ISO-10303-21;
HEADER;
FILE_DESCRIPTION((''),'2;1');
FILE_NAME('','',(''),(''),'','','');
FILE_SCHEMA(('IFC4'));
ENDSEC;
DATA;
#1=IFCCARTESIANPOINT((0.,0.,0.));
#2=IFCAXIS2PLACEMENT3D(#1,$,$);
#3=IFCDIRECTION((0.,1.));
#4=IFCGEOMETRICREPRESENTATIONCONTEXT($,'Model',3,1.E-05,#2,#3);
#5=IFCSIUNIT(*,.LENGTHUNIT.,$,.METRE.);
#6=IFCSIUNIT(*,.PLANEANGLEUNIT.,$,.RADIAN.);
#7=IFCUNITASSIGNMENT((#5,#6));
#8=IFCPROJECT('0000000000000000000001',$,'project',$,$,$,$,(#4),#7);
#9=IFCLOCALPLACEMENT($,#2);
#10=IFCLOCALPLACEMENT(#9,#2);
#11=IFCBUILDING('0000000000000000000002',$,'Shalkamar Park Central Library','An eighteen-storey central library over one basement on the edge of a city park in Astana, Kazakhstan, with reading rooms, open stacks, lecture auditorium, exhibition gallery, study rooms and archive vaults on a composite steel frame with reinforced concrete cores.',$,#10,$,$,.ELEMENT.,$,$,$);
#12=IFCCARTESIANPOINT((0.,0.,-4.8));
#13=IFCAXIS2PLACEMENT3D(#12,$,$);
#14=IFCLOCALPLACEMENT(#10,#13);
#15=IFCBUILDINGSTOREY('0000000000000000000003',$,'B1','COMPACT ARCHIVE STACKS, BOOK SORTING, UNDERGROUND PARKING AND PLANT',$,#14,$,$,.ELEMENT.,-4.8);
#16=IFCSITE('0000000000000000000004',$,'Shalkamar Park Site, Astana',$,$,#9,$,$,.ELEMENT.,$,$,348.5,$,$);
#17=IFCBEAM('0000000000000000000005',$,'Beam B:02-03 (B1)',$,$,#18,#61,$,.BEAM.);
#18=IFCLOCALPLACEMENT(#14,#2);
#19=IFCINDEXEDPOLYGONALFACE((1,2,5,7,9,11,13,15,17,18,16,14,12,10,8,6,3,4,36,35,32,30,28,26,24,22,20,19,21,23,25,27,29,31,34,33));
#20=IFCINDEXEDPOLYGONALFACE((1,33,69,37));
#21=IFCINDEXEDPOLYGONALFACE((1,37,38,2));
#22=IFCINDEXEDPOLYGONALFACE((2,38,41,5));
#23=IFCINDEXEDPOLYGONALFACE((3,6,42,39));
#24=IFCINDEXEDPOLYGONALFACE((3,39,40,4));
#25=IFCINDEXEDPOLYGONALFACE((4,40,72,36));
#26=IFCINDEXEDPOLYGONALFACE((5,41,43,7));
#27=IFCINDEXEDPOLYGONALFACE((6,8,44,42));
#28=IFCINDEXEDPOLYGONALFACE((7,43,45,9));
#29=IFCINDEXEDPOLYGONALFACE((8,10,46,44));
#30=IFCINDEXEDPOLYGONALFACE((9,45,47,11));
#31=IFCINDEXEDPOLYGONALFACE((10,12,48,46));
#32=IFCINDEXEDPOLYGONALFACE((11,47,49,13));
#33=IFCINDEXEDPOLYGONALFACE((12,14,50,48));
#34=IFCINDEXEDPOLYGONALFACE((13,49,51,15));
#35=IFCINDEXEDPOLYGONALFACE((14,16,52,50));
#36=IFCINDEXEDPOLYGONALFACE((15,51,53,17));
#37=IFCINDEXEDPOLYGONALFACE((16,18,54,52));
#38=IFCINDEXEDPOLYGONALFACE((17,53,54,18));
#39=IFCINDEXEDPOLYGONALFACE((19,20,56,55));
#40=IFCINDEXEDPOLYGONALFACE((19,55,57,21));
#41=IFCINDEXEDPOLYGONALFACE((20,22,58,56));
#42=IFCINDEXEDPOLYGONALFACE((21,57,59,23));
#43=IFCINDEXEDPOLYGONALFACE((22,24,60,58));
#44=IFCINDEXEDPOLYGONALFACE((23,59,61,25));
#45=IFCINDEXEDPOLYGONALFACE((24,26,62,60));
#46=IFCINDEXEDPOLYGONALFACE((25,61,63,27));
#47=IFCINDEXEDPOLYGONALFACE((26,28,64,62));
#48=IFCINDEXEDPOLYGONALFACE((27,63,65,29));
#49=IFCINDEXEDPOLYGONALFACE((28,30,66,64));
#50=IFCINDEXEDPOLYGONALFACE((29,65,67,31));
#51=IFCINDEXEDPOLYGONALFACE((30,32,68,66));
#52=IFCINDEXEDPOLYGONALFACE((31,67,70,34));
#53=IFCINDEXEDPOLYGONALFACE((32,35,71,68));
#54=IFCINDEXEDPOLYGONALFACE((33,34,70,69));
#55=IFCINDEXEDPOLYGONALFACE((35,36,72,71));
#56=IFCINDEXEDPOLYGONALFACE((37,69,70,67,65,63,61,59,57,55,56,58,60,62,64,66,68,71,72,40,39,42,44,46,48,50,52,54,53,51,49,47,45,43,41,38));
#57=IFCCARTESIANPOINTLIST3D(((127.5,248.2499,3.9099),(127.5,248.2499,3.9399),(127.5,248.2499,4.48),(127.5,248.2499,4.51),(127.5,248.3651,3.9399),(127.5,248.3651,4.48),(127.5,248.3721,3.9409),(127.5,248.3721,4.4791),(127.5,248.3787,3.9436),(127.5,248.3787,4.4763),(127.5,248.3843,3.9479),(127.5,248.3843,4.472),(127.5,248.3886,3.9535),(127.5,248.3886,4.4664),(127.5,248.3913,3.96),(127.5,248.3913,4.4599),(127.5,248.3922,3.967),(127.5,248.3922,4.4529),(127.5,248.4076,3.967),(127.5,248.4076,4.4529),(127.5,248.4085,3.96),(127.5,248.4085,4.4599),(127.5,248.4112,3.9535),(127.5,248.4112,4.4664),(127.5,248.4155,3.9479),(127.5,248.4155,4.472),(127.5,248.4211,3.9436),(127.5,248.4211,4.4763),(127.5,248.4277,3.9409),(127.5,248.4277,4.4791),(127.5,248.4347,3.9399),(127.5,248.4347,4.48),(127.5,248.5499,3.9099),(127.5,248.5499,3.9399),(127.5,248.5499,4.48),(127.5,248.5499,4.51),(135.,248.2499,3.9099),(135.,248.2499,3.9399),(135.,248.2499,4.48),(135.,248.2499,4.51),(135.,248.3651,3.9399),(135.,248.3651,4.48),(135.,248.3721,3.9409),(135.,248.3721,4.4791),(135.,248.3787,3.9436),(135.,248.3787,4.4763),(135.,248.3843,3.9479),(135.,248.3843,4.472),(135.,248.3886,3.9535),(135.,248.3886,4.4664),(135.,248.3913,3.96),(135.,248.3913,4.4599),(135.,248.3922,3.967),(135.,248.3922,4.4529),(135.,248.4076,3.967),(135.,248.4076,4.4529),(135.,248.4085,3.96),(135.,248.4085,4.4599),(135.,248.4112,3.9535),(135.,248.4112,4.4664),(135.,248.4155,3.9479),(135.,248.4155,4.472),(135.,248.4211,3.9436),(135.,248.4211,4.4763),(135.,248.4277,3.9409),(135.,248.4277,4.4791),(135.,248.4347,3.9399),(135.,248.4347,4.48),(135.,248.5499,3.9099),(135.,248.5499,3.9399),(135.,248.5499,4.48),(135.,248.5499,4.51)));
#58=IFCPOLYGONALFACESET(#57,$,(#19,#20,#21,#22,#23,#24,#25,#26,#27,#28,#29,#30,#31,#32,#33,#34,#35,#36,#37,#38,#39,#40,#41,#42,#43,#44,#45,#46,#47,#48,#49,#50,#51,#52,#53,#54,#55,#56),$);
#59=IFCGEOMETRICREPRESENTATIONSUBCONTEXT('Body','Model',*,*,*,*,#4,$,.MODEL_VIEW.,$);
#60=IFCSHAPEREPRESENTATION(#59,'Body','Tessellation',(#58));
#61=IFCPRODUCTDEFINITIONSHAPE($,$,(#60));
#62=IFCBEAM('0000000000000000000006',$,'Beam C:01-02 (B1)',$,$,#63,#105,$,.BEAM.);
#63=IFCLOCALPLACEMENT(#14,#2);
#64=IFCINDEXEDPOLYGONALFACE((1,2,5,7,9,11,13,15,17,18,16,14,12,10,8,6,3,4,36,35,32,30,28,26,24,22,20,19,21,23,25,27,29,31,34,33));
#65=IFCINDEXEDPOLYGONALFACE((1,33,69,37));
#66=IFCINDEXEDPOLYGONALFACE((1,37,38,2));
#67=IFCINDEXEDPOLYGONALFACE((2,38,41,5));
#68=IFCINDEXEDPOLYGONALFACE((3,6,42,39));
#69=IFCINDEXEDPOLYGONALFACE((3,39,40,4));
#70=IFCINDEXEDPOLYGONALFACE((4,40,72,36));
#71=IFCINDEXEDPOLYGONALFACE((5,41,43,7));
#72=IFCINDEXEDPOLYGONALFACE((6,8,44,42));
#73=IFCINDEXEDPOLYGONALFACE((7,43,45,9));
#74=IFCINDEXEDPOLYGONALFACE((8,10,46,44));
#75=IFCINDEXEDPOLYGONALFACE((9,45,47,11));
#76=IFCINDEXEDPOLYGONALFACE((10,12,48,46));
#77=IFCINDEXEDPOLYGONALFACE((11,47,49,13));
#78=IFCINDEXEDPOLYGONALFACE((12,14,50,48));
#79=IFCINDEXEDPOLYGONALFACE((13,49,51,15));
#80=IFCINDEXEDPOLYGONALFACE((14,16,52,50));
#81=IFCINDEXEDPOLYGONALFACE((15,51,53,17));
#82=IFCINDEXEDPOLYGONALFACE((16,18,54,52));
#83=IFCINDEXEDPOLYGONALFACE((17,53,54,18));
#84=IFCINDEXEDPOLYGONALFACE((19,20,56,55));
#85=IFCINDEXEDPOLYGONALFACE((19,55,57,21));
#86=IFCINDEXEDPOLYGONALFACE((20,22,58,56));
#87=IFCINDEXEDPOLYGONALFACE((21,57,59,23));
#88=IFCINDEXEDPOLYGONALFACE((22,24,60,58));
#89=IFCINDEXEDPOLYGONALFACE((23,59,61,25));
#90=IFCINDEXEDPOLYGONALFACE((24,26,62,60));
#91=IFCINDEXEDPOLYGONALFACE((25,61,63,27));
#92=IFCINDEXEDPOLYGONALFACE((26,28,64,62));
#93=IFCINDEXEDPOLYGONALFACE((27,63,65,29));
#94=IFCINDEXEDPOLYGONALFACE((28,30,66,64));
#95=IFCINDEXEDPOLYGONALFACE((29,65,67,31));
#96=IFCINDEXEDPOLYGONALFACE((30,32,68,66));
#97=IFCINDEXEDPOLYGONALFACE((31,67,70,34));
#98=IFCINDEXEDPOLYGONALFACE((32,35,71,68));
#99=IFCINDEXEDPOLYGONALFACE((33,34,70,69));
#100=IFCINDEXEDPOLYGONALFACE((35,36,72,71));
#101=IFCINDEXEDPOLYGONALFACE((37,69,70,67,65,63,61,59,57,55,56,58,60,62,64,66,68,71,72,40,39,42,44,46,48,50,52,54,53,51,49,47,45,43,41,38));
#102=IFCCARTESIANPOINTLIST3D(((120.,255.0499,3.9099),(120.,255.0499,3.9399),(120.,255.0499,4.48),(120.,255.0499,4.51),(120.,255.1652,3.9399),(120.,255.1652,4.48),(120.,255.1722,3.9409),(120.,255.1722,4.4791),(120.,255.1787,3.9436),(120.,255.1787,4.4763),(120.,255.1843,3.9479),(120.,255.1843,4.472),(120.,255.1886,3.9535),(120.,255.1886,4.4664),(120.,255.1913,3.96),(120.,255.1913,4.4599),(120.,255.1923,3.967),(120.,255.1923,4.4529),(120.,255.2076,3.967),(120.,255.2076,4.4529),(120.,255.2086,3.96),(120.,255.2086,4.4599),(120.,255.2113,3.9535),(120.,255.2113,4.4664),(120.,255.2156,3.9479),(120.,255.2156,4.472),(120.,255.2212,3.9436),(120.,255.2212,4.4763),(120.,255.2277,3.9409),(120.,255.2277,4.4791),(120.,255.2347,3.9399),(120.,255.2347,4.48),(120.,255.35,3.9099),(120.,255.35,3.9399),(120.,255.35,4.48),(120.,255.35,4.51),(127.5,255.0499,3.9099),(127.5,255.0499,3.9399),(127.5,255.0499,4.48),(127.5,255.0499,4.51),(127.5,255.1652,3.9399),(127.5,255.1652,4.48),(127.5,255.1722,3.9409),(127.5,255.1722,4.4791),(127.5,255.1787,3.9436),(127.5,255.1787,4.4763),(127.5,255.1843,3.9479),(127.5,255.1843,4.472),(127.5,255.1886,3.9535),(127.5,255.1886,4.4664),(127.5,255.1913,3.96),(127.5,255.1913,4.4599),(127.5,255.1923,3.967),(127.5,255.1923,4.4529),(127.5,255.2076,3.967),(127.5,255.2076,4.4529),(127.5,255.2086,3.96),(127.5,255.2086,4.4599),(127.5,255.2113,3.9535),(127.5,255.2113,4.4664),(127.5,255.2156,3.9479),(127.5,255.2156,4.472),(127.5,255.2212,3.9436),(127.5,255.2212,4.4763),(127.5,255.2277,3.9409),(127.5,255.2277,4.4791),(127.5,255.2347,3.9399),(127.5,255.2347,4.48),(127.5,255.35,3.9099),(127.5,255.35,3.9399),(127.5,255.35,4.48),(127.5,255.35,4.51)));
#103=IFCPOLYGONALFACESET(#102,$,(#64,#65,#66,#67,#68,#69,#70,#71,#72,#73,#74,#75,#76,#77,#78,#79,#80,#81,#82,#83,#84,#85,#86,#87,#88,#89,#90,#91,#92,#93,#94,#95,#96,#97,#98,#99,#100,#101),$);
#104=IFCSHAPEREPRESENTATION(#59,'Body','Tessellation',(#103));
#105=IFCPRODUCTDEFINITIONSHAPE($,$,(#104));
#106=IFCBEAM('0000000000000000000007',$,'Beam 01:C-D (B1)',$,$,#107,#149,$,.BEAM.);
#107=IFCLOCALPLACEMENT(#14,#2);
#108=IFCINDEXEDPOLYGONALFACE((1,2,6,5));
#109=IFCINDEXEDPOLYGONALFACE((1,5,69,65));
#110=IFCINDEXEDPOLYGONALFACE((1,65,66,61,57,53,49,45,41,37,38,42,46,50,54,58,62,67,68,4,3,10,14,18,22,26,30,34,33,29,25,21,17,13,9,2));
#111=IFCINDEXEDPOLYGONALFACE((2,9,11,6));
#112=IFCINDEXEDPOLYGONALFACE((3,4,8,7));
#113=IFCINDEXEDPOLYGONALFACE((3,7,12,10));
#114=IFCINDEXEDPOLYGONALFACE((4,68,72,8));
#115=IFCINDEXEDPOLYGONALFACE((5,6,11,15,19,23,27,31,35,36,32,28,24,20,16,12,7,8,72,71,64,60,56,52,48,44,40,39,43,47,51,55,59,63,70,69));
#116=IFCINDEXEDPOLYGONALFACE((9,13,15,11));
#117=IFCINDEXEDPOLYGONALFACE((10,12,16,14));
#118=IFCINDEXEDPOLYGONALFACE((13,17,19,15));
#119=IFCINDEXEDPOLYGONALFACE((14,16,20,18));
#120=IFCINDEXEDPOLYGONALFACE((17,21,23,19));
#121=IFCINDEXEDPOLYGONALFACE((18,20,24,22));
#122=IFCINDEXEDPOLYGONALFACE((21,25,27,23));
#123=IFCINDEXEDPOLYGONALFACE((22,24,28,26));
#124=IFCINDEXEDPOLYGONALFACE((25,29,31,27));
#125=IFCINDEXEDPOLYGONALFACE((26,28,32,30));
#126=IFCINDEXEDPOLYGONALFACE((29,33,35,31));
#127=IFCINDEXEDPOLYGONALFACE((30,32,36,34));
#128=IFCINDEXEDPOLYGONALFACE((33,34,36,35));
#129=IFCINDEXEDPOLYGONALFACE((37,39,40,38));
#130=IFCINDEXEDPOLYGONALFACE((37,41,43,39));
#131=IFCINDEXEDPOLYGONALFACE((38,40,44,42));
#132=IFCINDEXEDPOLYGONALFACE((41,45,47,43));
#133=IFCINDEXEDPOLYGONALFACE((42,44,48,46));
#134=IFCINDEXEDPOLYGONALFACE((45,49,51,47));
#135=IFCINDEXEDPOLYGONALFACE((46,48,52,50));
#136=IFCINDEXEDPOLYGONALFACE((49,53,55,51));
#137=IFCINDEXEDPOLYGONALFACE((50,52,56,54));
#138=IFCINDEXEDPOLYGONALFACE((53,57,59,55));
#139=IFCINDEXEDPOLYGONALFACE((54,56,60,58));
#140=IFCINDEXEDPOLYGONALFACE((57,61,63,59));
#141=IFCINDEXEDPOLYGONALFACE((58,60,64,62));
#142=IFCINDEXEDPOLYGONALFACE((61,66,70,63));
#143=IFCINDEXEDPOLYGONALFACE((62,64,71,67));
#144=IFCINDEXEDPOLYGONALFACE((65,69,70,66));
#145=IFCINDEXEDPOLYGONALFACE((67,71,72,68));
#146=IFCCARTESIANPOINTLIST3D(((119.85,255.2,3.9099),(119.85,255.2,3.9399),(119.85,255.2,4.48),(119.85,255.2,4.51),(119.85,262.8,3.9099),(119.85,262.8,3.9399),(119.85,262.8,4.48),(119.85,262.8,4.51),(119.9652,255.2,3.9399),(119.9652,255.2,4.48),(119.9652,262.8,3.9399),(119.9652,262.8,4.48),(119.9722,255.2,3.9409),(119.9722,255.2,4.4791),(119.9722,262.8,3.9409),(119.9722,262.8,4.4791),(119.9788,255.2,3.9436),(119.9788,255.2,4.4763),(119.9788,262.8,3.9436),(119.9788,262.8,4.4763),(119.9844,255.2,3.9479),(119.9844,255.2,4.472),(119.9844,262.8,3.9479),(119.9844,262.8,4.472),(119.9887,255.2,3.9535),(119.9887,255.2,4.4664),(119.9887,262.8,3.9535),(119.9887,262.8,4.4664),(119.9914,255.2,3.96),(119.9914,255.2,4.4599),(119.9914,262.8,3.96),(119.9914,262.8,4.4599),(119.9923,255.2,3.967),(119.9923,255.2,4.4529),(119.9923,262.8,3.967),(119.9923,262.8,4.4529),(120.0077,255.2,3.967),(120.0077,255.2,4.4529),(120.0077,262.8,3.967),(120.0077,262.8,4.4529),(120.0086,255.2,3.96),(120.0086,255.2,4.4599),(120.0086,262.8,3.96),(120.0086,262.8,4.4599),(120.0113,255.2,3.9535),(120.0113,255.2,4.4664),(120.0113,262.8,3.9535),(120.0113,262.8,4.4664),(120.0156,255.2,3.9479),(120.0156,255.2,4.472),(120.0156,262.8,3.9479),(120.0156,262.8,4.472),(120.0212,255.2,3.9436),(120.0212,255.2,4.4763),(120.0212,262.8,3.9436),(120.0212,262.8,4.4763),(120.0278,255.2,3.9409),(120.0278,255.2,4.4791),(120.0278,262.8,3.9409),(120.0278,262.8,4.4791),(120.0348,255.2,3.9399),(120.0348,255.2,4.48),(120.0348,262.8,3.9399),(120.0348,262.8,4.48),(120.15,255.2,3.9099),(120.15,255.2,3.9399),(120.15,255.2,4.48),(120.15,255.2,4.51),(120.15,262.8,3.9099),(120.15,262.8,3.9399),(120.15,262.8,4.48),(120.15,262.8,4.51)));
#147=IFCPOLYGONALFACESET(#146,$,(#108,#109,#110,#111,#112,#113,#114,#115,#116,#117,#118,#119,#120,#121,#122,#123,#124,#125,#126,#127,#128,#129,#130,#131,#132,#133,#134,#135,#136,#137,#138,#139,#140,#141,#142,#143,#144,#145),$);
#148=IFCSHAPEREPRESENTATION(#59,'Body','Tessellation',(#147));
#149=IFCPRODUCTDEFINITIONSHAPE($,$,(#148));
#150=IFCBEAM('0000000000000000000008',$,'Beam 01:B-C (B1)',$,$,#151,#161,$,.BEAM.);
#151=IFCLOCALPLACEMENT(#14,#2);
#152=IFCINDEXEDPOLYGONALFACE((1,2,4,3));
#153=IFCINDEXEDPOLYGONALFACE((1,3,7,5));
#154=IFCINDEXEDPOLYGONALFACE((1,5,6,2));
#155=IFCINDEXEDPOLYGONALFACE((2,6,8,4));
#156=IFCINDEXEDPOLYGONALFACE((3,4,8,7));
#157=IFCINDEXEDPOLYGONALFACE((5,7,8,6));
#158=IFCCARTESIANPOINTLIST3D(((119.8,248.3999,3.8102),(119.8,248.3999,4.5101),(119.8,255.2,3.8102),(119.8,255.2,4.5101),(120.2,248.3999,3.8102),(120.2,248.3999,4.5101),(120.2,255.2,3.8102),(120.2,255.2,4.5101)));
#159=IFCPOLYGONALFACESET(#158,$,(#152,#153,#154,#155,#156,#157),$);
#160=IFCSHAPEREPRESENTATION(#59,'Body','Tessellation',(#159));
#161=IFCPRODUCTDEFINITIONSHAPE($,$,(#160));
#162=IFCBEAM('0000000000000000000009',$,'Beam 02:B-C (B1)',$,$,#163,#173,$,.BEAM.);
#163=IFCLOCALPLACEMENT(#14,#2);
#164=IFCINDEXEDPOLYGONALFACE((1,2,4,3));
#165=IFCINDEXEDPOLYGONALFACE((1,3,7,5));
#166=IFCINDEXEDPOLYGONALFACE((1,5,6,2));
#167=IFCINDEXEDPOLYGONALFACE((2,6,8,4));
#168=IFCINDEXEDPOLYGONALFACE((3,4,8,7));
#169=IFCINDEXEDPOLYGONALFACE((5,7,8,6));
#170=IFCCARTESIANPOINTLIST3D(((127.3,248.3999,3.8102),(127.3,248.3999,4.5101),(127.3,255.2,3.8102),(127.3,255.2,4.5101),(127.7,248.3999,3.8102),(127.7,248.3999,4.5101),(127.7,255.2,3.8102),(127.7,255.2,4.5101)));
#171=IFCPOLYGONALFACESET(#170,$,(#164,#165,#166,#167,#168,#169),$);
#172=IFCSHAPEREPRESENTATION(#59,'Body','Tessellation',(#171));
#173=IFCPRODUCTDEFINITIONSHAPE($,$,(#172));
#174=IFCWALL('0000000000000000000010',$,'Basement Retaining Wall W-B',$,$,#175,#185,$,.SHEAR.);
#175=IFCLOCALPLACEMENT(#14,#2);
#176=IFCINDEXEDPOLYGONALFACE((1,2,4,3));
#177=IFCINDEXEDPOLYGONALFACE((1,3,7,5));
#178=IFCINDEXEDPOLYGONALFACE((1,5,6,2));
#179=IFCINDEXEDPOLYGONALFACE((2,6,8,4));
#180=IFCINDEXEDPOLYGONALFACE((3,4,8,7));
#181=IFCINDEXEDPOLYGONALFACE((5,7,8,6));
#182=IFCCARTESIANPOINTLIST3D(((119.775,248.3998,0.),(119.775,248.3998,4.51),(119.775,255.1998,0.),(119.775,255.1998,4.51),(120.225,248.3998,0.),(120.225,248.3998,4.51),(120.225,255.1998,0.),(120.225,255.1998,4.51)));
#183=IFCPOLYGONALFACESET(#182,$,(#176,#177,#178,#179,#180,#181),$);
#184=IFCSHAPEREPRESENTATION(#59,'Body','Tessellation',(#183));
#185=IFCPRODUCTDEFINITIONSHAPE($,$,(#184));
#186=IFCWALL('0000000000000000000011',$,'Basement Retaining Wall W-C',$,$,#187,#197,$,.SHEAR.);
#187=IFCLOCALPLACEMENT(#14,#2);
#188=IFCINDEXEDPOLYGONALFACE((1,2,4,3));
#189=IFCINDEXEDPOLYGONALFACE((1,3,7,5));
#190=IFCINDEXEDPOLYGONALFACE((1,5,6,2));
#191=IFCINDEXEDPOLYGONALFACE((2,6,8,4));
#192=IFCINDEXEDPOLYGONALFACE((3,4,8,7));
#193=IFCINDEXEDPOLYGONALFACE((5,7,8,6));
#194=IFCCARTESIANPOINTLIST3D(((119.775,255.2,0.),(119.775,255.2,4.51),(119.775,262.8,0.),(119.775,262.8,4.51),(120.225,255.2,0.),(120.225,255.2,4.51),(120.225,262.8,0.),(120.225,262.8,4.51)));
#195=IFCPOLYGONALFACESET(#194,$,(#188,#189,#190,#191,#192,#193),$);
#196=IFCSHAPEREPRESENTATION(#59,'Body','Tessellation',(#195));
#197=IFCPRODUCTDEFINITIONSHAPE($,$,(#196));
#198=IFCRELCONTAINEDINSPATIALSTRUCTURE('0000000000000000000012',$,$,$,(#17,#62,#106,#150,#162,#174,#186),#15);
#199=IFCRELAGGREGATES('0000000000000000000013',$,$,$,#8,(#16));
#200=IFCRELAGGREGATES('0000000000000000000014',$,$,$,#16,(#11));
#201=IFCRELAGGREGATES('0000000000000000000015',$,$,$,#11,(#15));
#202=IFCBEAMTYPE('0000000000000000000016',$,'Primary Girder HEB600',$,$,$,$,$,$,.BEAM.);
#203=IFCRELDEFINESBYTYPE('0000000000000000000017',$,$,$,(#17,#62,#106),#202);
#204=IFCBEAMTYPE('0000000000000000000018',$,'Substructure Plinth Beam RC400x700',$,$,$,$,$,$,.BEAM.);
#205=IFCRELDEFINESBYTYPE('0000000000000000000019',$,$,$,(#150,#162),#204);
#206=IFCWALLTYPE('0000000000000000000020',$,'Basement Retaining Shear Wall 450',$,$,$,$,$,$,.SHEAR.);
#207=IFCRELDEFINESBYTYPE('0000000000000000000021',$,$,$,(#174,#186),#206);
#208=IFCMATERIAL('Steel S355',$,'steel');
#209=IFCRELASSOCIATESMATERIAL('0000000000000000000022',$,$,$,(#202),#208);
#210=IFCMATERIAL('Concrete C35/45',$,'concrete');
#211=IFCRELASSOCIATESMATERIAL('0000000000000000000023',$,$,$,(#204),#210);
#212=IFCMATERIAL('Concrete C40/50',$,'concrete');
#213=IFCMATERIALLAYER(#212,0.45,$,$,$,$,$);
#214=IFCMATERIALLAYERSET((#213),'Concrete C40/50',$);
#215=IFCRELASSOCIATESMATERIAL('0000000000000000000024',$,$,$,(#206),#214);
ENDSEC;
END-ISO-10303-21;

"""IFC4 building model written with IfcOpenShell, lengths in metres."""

from ifc_helpers import new_model, si_unit, direction, frame, frame_2d, origin, origin_2d, place, context, subcontext, project, spatial, rectangle, i_section, extrude, material, layer, layer_set, material_profile, profile_set, type_object, element, save


model = new_model("IFC4")

# Units and contexts
model_context = context("Model", 3, precision=1e-05, world=origin(), true_north=direction((0.0, 1.0)))
body_context = subcontext(model_context, "Body", "Model", "MODEL_VIEW")
ifc_project = project(units=[si_unit("LENGTHUNIT", "METRE"), si_unit("PLANEANGLEUNIT", "RADIAN")], contexts=[model_context])

# Site, building, storey
site_placement = place(None, origin())
site = spatial("IfcSite", under=ifc_project, at=site_placement, Name="Shalkamar Park Site, Astana", CompositionType="ELEMENT", RefElevation=348.5)
building_placement = place(site_placement, origin())
building = spatial("IfcBuilding", under=site, at=building_placement, Name="Shalkamar Park Central Library", Description="An eighteen-storey central library over one basement on the edge of a city park in Astana, Kazakhstan, with reading rooms, open stacks, lecture auditorium, exhibition gallery, study rooms and archive vaults on a composite steel frame with reinforced concrete cores.", CompositionType="ELEMENT")
storey_placement = place(building_placement, frame((0.0, 0.0, -4.8)))
storey = spatial("IfcBuildingStorey", under=building, at=storey_placement, Name="B1", Description="COMPACT ARCHIVE STACKS, BOOK SORTING, UNDERGROUND PARKING AND PLANT", CompositionType="ELEMENT", Elevation=-4.8)

# Shared definitions
ifc_material_1 = material(Name="Concrete C35/45", Category="concrete")

# Shared definitions
ifc_material_2 = material(Name="Concrete C40/50", Category="concrete")
ifc_material_3 = material(Name="Steel S355", Category="steel")

# Beams
ifc_material_profile_1 = material_profile(ifc_material_3, i_section(OverallWidth=0.3, OverallDepth=0.6001, WebThickness=0.0154, FlangeThickness=0.03, FilletRadius=0.0271, at=origin_2d()), Name="HEB 600")
ifc_profile_set_1 = profile_set([ifc_material_profile_1], Name="Steel S355")
beam_type_1 = type_object("IfcBeamType", Name="Primary Girder HEB600", PredefinedType="BEAM", material=ifc_profile_set_1)
for number, where, z_axis, x_axis, name in (
    (1, (127.5, 248.3999, 4.21), (1.0, 0.0, 0.0), (0.0, 1.0, 0.0), "Beam B:02-03 (B1)"),
    (2, (120.0, 255.2, 4.21), (1.0, 0.0, 0.0), (0.0, 1.0, 0.0), "Beam C:01-02 (B1)"),
):
    element("IfcBeam", number, at=place(storey_placement, frame(where, z_axis=z_axis, x_axis=x_axis)), inside=storey, type_object=beam_type_1, Name=name, PredefinedType="BEAM", context=body_context, shape_type="SweptSolid", body=[
        extrude(i_section(OverallWidth=0.3, OverallDepth=0.6001, WebThickness=0.0154, FlangeThickness=0.03, FilletRadius=0.0271, at=origin_2d()), origin(), (0.0, 0.0, 1.0), 7.5),
    ])
beam_placement = place(storey_placement, frame((120.0, 255.2, 4.21), z_axis=(0.0, 1.0, 0.0), x_axis=(-1.0, 0.0, 0.0)))
element("IfcBeam", 3, at=beam_placement, inside=storey, type_object=beam_type_1, Name="Beam 01:C-D (B1)", PredefinedType="BEAM", context=body_context, shape_type="SweptSolid", body=[
    extrude(i_section(OverallWidth=0.3, OverallDepth=0.6001, WebThickness=0.0154, FlangeThickness=0.03, FilletRadius=0.0271, at=origin_2d()), origin(), (0.0, 0.0, 1.0), 7.6001),
])
ifc_material_profile_2 = material_profile(ifc_material_1, rectangle(XDim=0.3999, YDim=0.7, at=origin_2d()), Name="RC 400x700")
ifc_profile_set_2 = profile_set([ifc_material_profile_2], Name="Concrete C35/45")
beam_type_2 = type_object("IfcBeamType", Name="Substructure Plinth Beam RC400x700", PredefinedType="BEAM", material=ifc_profile_set_2)
for number, where, z_axis, x_axis, name in (
    (4, (120.0, 248.3999, 4.1602), (0.0, 1.0, 0.0), (-1.0, 0.0, 0.0), "Beam 01:B-C (B1)"),
    (5, (127.5, 248.3999, 4.1602), (0.0, 1.0, 0.0), (-1.0, 0.0, 0.0), "Beam 02:B-C (B1)"),
):
    element("IfcBeam", number, at=place(storey_placement, frame(where, z_axis=z_axis, x_axis=x_axis)), inside=storey, type_object=beam_type_2, Name=name, PredefinedType="BEAM", context=body_context, shape_type="SweptSolid", body=[
        extrude(rectangle(XDim=0.3999, YDim=0.7, at=origin_2d()), origin(), (0.0, 0.0, 1.0), 6.8),
    ])

# Walls
ifc_layer_1 = layer(ifc_material_2, 0.45)
ifc_layer_set_1 = layer_set([ifc_layer_1], Name="Concrete C40/50")
wall_type_1 = type_object("IfcWallType", Name="Basement Retaining Shear Wall 450", PredefinedType="SHEAR", material=ifc_layer_set_1)
wall_1_placement = place(storey_placement, frame((120.0, 248.3999, 0.0), z_axis=(0.0, 0.0, 1.0), x_axis=(0.0, 1.0, 0.0)))
element("IfcWall", 6, at=wall_1_placement, inside=storey, type_object=wall_type_1, Name="Basement Retaining Wall W-B", PredefinedType="SHEAR", context=body_context, shape_type="SweptSolid", body=[
    extrude(rectangle(XDim=6.8, YDim=0.45, at=frame_2d((3.3999, 0.0))), origin(), (0.0, 0.0, 1.0), 4.51),
])
wall_2_placement = place(storey_placement, frame((120.0, 255.2, 0.0), z_axis=(0.0, 0.0, 1.0), x_axis=(0.0, 1.0, 0.0)))
element("IfcWall", 7, at=wall_2_placement, inside=storey, type_object=wall_type_1, Name="Basement Retaining Wall W-C", PredefinedType="SHEAR", context=body_context, shape_type="SweptSolid", body=[
    extrude(rectangle(XDim=7.6001, YDim=0.45, at=frame_2d((3.8, 0.0))), origin(), (0.0, 0.0, 1.0), 4.51),
])

save(model, "model.ifc")
